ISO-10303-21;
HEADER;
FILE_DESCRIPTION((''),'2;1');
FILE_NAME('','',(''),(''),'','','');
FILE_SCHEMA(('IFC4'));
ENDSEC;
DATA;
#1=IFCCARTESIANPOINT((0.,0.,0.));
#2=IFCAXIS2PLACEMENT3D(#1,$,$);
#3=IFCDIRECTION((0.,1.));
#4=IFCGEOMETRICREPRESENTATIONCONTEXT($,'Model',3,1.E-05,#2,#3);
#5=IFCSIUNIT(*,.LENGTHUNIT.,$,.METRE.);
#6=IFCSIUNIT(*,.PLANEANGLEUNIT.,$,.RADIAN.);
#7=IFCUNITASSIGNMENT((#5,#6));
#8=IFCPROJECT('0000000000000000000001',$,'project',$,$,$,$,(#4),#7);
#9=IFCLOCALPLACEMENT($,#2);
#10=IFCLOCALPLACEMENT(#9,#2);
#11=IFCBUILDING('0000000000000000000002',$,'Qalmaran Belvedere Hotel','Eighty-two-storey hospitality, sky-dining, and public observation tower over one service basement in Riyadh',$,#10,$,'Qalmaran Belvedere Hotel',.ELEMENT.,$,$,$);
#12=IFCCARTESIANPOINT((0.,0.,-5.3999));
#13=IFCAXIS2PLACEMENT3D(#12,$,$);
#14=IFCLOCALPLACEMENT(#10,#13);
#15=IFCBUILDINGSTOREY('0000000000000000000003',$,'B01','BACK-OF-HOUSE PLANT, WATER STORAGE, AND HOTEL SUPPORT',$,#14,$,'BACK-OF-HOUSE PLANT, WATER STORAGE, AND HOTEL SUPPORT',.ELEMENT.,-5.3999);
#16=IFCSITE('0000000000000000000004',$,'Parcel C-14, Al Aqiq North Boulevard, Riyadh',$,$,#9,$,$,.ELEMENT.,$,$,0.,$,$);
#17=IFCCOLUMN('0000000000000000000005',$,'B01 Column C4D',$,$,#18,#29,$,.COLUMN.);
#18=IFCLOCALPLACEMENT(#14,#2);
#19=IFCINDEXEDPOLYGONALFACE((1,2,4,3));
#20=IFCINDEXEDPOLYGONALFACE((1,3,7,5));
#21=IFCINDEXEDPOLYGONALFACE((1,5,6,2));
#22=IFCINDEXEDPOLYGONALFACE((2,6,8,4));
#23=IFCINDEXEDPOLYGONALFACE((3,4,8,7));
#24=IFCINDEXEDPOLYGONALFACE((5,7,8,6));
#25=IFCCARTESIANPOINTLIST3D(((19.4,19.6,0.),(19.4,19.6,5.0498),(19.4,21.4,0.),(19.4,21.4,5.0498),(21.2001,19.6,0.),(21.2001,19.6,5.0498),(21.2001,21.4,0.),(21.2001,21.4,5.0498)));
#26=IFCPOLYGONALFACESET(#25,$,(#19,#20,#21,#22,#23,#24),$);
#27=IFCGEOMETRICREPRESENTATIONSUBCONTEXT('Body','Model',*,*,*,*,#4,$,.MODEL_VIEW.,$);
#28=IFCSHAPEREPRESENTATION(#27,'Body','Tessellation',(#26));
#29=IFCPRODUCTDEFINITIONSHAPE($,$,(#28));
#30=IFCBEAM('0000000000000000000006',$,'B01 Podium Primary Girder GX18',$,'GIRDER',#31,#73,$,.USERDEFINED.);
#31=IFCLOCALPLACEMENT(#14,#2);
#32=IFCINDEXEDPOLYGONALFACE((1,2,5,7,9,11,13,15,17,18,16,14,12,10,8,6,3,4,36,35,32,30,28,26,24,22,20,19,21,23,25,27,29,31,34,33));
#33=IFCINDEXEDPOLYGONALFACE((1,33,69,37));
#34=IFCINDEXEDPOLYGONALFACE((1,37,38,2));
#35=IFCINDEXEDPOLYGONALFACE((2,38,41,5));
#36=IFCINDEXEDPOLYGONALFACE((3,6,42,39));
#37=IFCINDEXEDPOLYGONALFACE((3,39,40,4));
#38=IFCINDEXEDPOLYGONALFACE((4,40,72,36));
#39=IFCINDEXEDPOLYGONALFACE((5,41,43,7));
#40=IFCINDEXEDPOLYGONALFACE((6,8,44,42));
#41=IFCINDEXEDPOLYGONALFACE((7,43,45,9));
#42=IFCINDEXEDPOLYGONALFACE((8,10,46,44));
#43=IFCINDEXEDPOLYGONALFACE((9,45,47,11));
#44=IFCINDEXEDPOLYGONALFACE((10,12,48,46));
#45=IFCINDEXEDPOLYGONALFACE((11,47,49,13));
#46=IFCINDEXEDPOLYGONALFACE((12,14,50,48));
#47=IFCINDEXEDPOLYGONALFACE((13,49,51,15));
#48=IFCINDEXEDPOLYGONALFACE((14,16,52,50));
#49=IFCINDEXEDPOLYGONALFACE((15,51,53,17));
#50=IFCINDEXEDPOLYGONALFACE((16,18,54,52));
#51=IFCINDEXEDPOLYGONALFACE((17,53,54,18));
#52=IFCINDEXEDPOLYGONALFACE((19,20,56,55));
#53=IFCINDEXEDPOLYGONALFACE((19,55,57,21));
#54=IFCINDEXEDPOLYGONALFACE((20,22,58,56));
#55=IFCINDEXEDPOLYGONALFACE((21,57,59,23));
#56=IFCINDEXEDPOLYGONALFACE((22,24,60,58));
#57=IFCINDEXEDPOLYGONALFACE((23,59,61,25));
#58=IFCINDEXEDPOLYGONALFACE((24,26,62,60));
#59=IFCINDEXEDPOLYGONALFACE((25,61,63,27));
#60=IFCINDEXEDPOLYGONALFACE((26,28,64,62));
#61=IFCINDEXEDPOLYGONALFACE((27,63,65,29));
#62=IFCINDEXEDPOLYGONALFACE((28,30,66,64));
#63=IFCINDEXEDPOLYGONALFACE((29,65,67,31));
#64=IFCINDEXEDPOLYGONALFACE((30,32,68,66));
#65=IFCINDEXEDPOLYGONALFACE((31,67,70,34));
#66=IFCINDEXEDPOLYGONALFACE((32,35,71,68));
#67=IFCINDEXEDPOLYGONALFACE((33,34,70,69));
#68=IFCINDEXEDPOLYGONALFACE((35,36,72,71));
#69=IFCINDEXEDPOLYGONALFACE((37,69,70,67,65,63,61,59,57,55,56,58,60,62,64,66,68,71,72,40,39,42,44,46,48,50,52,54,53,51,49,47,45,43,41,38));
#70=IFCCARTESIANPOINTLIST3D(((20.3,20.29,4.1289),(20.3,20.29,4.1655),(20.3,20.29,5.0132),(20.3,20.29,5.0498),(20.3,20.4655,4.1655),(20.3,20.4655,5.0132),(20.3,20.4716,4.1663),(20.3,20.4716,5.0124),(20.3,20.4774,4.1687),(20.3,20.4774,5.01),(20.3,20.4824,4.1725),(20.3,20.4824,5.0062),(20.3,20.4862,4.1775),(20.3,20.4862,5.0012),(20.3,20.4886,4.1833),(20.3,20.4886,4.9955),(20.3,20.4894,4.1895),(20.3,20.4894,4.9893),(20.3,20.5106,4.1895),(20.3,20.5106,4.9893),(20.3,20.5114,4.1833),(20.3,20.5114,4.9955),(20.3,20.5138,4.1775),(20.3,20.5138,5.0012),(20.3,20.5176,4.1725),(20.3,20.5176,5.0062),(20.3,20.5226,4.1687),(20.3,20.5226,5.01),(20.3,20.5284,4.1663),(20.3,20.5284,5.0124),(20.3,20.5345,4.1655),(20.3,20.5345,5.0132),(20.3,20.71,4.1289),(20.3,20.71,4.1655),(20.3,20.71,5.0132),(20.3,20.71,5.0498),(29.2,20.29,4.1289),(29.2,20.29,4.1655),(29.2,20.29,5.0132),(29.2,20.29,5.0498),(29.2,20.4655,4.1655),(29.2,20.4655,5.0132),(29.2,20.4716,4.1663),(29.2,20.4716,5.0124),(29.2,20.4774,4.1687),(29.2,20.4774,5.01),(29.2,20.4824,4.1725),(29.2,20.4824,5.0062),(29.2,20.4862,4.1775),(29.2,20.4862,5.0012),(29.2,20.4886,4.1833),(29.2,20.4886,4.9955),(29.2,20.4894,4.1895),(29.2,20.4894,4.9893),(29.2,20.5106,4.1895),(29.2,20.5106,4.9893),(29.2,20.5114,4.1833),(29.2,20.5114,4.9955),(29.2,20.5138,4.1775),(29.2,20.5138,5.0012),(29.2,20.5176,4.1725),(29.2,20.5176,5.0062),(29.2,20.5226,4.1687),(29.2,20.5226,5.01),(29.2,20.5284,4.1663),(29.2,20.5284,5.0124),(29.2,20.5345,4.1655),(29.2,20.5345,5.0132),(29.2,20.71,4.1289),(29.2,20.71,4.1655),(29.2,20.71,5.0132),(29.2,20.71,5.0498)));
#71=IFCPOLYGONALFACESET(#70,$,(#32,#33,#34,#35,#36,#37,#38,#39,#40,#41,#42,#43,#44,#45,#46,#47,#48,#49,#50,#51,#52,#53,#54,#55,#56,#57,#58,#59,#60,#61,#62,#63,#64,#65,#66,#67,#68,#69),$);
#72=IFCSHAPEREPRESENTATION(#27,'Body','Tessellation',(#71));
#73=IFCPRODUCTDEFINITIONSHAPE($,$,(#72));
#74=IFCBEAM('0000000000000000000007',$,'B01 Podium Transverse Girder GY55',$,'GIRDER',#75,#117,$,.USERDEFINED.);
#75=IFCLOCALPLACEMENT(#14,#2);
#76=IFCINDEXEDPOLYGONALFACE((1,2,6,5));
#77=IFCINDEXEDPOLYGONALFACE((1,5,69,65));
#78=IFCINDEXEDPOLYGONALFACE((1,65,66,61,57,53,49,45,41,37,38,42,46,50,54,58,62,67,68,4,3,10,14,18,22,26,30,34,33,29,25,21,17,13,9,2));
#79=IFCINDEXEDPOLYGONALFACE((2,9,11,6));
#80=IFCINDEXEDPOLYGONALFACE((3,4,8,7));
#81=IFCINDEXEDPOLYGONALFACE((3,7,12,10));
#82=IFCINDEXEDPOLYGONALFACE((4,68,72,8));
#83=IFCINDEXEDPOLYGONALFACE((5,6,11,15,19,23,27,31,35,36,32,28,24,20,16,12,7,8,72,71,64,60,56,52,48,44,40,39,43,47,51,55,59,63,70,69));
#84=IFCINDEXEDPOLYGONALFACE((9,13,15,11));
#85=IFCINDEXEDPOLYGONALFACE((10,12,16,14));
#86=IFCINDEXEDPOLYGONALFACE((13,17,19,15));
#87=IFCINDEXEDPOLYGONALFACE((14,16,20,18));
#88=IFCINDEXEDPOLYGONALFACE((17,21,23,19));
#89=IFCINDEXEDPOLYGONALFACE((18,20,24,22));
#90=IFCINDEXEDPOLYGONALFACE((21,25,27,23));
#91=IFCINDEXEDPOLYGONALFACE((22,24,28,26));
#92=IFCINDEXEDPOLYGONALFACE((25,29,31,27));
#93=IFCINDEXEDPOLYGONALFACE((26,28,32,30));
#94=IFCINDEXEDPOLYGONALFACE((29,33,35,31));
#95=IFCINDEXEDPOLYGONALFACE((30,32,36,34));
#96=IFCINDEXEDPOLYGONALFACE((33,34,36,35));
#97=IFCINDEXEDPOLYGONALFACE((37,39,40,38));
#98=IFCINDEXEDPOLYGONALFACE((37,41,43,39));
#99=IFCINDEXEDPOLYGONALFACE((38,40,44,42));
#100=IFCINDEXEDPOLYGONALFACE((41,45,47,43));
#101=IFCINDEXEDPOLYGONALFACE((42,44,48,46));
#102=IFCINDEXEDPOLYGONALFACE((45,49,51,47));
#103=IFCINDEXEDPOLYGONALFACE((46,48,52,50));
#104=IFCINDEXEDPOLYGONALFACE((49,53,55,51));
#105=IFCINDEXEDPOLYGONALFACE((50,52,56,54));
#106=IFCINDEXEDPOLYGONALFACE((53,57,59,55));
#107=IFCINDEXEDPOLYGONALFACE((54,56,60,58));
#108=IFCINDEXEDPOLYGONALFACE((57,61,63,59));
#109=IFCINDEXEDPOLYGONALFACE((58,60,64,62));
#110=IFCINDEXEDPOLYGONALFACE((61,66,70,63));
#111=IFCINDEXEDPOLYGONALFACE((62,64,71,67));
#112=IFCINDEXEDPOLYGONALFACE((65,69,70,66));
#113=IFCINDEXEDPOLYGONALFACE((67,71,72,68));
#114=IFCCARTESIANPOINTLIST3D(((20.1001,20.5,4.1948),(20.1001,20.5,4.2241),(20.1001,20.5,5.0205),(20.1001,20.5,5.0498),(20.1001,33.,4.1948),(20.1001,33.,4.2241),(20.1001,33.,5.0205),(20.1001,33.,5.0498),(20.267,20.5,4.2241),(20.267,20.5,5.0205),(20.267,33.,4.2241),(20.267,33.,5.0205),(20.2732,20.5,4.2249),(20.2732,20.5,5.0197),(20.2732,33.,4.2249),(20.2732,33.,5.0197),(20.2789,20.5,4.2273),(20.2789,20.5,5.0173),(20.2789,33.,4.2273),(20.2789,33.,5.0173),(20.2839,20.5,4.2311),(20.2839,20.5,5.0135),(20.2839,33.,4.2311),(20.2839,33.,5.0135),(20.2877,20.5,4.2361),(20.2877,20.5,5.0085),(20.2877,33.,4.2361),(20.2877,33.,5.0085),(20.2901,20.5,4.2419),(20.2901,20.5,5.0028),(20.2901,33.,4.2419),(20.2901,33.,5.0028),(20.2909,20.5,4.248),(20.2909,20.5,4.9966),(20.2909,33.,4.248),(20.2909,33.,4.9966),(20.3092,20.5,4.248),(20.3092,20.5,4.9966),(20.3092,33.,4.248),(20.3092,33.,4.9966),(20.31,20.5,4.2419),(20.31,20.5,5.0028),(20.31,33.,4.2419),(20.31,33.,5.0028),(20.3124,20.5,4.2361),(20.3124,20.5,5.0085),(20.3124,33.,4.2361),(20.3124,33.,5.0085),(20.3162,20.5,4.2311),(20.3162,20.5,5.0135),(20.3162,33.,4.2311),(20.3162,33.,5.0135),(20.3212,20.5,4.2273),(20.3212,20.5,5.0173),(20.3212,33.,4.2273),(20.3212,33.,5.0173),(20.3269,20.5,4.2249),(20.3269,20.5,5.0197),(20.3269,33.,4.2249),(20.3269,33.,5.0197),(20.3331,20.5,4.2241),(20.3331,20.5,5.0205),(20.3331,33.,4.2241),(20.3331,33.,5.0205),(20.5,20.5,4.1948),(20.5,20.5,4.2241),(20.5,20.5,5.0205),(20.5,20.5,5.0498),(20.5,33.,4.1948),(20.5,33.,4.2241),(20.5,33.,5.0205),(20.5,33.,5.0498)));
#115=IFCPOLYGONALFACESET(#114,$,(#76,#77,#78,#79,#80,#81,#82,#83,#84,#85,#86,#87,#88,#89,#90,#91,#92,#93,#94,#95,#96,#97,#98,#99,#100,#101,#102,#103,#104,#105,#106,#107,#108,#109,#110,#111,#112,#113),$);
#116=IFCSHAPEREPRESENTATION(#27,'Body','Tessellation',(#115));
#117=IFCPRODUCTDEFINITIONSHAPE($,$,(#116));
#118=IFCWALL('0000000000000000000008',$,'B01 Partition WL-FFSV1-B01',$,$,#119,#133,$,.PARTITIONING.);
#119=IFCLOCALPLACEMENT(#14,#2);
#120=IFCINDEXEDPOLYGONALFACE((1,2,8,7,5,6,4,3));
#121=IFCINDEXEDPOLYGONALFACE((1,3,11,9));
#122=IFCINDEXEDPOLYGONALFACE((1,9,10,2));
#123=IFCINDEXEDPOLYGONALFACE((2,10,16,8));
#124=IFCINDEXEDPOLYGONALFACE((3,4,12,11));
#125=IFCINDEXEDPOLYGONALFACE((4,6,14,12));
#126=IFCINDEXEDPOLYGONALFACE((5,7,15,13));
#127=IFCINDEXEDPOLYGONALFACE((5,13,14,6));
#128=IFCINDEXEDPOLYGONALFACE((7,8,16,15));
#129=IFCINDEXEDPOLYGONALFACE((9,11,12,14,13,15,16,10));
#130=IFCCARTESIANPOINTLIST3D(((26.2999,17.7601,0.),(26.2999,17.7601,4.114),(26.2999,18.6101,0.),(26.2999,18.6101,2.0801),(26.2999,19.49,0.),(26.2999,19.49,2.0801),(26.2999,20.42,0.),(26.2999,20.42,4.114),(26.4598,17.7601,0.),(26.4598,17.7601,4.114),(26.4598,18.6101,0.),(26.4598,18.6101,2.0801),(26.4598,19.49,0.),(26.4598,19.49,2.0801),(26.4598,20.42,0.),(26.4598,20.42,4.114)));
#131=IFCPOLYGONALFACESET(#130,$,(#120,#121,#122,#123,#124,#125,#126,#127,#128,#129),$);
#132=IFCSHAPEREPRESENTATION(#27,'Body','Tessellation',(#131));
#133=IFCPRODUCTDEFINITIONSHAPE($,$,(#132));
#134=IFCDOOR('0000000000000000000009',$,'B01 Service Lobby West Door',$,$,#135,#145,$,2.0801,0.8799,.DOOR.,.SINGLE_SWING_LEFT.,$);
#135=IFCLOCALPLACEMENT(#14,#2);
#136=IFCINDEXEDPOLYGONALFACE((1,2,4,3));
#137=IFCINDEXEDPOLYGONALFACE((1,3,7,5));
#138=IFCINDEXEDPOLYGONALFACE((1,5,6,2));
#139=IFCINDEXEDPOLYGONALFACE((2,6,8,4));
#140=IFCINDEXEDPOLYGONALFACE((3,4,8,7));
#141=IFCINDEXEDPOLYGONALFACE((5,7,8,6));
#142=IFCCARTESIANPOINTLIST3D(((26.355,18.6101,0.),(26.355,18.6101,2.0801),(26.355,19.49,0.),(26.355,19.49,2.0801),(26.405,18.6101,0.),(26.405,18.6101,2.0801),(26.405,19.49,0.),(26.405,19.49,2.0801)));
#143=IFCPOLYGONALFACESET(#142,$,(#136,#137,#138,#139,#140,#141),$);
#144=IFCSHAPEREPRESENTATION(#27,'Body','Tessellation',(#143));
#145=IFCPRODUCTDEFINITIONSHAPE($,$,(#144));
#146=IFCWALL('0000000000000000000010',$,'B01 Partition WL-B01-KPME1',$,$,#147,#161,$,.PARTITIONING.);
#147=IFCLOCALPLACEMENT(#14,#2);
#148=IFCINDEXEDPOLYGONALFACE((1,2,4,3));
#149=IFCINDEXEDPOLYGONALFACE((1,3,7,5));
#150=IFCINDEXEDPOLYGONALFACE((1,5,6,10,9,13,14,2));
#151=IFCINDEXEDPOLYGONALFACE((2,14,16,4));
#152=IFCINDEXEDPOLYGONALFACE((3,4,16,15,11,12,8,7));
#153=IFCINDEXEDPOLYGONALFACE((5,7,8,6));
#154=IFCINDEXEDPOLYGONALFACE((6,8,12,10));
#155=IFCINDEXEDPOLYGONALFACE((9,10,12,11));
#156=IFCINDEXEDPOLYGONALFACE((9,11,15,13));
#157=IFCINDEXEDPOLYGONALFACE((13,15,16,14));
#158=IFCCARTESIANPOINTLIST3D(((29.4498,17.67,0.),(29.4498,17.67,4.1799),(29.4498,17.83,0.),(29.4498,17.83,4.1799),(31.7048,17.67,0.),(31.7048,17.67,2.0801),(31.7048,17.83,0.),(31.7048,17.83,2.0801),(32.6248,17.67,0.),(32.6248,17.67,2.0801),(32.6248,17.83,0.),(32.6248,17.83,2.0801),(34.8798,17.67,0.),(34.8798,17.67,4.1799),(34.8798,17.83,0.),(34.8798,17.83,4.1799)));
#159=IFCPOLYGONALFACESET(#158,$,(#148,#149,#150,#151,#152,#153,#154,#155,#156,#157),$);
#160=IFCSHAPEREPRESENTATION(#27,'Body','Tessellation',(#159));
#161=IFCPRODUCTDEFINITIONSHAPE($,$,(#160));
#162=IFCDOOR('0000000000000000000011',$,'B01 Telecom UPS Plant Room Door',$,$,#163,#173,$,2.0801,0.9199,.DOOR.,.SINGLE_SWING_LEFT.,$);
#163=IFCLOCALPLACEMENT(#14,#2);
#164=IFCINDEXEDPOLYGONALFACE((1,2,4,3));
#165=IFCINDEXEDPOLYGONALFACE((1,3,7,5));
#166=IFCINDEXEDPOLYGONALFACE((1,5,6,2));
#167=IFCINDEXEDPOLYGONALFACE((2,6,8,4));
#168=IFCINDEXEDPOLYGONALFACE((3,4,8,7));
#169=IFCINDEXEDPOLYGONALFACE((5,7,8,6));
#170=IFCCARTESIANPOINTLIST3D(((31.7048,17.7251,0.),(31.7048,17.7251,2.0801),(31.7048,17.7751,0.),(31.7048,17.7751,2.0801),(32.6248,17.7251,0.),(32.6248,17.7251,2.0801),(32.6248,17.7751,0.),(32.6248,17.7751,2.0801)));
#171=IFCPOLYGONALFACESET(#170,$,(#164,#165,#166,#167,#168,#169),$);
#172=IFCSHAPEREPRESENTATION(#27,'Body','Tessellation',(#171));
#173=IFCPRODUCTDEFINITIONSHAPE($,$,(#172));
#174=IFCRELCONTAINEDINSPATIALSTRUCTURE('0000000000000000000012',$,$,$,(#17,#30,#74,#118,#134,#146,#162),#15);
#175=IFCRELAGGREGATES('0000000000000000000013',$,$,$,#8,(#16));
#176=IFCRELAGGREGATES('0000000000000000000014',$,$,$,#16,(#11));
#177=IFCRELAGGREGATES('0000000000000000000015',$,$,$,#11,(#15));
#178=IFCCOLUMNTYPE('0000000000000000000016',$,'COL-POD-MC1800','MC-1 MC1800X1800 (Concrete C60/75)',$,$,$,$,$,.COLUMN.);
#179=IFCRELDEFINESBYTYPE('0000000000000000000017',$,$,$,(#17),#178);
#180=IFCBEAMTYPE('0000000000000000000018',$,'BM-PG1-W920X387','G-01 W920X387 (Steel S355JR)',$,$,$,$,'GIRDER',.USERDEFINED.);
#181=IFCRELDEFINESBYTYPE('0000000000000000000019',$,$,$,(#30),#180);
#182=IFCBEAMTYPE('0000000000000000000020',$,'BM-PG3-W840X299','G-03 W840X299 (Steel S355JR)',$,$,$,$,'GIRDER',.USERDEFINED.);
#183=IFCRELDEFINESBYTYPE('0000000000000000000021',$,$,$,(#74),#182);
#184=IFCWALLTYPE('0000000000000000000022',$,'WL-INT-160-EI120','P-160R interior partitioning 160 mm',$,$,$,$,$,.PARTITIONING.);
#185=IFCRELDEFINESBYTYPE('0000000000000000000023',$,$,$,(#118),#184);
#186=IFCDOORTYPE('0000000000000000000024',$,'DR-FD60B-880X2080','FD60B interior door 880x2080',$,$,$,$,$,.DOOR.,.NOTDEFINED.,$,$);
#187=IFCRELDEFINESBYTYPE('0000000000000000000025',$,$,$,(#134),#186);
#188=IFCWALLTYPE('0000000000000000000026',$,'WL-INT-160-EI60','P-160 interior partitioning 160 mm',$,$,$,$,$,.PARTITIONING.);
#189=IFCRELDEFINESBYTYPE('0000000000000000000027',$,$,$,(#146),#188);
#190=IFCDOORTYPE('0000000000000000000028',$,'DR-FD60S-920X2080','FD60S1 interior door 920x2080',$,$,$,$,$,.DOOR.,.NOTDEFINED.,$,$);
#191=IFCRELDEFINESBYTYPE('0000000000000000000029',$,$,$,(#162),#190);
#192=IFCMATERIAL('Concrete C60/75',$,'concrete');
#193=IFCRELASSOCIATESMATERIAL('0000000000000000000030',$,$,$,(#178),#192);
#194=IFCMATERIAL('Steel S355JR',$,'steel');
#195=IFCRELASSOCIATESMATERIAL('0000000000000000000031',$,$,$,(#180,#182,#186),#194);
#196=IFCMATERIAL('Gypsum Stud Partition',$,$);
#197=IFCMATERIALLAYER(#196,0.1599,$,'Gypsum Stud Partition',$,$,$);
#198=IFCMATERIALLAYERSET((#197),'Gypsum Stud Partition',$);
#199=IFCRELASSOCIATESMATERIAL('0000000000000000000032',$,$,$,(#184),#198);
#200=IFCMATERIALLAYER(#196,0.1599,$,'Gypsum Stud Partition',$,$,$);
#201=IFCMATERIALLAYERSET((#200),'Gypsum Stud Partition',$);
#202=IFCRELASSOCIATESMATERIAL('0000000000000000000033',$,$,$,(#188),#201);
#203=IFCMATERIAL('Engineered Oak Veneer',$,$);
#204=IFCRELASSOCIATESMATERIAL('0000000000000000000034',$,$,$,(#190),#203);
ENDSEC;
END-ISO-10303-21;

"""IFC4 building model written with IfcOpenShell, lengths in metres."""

from ifc_helpers import new_model, si_unit, direction, frame, frame_2d, origin, origin_2d, place, context, subcontext, project, spatial, rectangle, i_section, extrude, material, layer, layer_set, material_profile, profile_set, type_object, element, fill, save


model = new_model("IFC4")

# Units and contexts
model_context = context("Model", 3, precision=1e-05, world=origin(), true_north=direction((0.0, 1.0)))
body_context = subcontext(model_context, "Body", "Model", "MODEL_VIEW")
ifc_project = project(units=[si_unit("LENGTHUNIT", "METRE"), si_unit("PLANEANGLEUNIT", "RADIAN")], contexts=[model_context])

# Site, building, storey
site_placement = place(None, origin())
site = spatial("IfcSite", under=ifc_project, at=site_placement, Name="Parcel C-14, Al Aqiq North Boulevard, Riyadh", CompositionType="ELEMENT", RefElevation=0.0)
building_placement = place(site_placement, origin())
building = spatial("IfcBuilding", under=site, at=building_placement, Name="Qalmaran Belvedere Hotel", Description="Eighty-two-storey hospitality, sky-dining, and public observation tower over one service basement in Riyadh", LongName="Qalmaran Belvedere Hotel", CompositionType="ELEMENT")
storey_placement = place(building_placement, frame((0.0, 0.0, -5.3999)))
storey = spatial("IfcBuildingStorey", under=building, at=storey_placement, Name="B01", Description="BACK-OF-HOUSE PLANT, WATER STORAGE, AND HOTEL SUPPORT", LongName="BACK-OF-HOUSE PLANT, WATER STORAGE, AND HOTEL SUPPORT", CompositionType="ELEMENT", Elevation=-5.3999)

# Column
ifc_material_1 = material(Name="Concrete C60/75", Category="concrete")
ifc_material_profile_1 = material_profile(ifc_material_1, rectangle(XDim=1.8, YDim=1.8, at=origin_2d()), Name="MC1800X1800")
ifc_profile_set_1 = profile_set([ifc_material_profile_1], Name="Concrete C60/75")
column_type = type_object("IfcColumnType", Name="COL-POD-MC1800", Description="MC-1 MC1800X1800 (Concrete C60/75)", PredefinedType="COLUMN", material=ifc_profile_set_1)
column_placement = place(storey_placement, frame((20.3, 20.5, 0.0), z_axis=(0.0, 0.0, 1.0), x_axis=(1.0, 0.0, 0.0)))
element("IfcColumn", 1, at=column_placement, inside=storey, type_object=column_type, Name="B01 Column C4D", PredefinedType="COLUMN", context=body_context, shape_type="SweptSolid", body=[
    extrude(rectangle(XDim=1.8, YDim=1.8, at=origin_2d()), origin(), (0.0, 0.0, 1.0), 5.0498),
])

# Beams
ifc_material_2 = material(Name="Steel S355JR", Category="steel")
ifc_material_profile_2 = material_profile(ifc_material_2, i_section(OverallWidth=0.4199, OverallDepth=0.9209, WebThickness=0.0212, FlangeThickness=0.0366, FilletRadius=0.0239, at=origin_2d()), Name="W920X387")
ifc_profile_set_2 = profile_set([ifc_material_profile_2], Name="Steel S355JR")
beam_type_1 = type_object("IfcBeamType", Name="BM-PG1-W920X387", Description="G-01 W920X387 (Steel S355JR)", ElementType="GIRDER", PredefinedType="USERDEFINED", material=ifc_profile_set_2)
beam_1_placement = place(storey_placement, frame((20.3, 20.5, 4.5894), z_axis=(1.0, 0.0, 0.0), x_axis=(0.0, 1.0, 0.0)))
element("IfcBeam", 2, at=beam_1_placement, inside=storey, type_object=beam_type_1, Name="B01 Podium Primary Girder GX18", ObjectType="GIRDER", PredefinedType="USERDEFINED", context=body_context, shape_type="SweptSolid", body=[
    extrude(i_section(OverallWidth=0.4199, OverallDepth=0.9209, WebThickness=0.0212, FlangeThickness=0.0366, FilletRadius=0.0239, at=origin_2d()), origin(), (0.0, 0.0, 1.0), 8.8999),
])
ifc_material_profile_3 = material_profile(ifc_material_2, i_section(OverallWidth=0.3999, OverallDepth=0.855, WebThickness=0.0183, FlangeThickness=0.0293, FilletRadius=0.0239, at=origin_2d()), Name="W840X299")
ifc_profile_set_3 = profile_set([ifc_material_profile_3], Name="Steel S355JR")
beam_type_2 = type_object("IfcBeamType", Name="BM-PG3-W840X299", Description="G-03 W840X299 (Steel S355JR)", ElementType="GIRDER", PredefinedType="USERDEFINED", material=ifc_profile_set_3)
beam_2_placement = place(storey_placement, frame((20.3, 20.5, 4.6223), z_axis=(0.0, 1.0, 0.0), x_axis=(-1.0, 0.0, 0.0)))
element("IfcBeam", 3, at=beam_2_placement, inside=storey, type_object=beam_type_2, Name="B01 Podium Transverse Girder GY55", ObjectType="GIRDER", PredefinedType="USERDEFINED", context=body_context, shape_type="SweptSolid", body=[
    extrude(i_section(OverallWidth=0.3999, OverallDepth=0.855, WebThickness=0.0183, FlangeThickness=0.0293, FilletRadius=0.0239, at=origin_2d()), origin(), (0.0, 0.0, 1.0), 12.5),
])

# Walls, openings, doors
ifc_material_3 = material(Name="Gypsum Stud Partition")
ifc_layer_1 = layer(ifc_material_3, 0.1599, Name="Gypsum Stud Partition")
ifc_layer_set_1 = layer_set([ifc_layer_1], Name="Gypsum Stud Partition")
wall_type_1 = type_object("IfcWallType", Name="WL-INT-160-EI120", Description="P-160R interior partitioning 160 mm", PredefinedType="PARTITIONING", material=ifc_layer_set_1)
wall_1_placement = place(storey_placement, frame((26.3799, 17.76, 0.0), z_axis=(0.0, 0.0, 1.0), x_axis=(0.0, 1.0, 0.0)))
wall_1 = element("IfcWall", 4, at=wall_1_placement, inside=storey, type_object=wall_type_1, Name="B01 Partition WL-FFSV1-B01", PredefinedType="PARTITIONING", context=body_context, shape_type="SweptSolid", body=[
    extrude(rectangle(XDim=2.6599, YDim=0.1599, at=frame_2d((1.3301, 0.0))), origin(), (0.0, 0.0, 1.0), 4.114),
])
opening_1_placement = place(wall_1_placement, frame((0.8501, 0.0, 0.0)))
opening_1 = element("IfcOpeningElement", 5, at=opening_1_placement, cuts=wall_1, PredefinedType="OPENING", context=body_context, shape_type="SweptSolid", body=[
    extrude(rectangle(XDim=0.8799, YDim=2.0801, at=frame_2d((0.4399, 1.04))), frame((0.0, 0.0898, 0.0), z_axis=(0.0, -1.0, 0.0), x_axis=(1.0, 0.0, 0.0)), (0.0, 0.0, 1.0), 0.1799),
])
door_type_1 = type_object("IfcDoorType", Name="DR-FD60B-880X2080", Description="FD60B interior door 880x2080", OperationType="NOTDEFINED", PredefinedType="DOOR", material=ifc_material_2)
door_1_placement = place(opening_1_placement, origin())
door_1 = element("IfcDoor", 6, at=door_1_placement, inside=storey, type_object=door_type_1, Name="B01 Service Lobby West Door", OperationType="SINGLE_SWING_LEFT", OverallHeight=2.0801, OverallWidth=0.8799, PredefinedType="DOOR", context=body_context, shape_type="SweptSolid", body=[
    extrude(rectangle(XDim=0.8799, YDim=2.0801, at=frame_2d((0.4399, 1.04))), frame((0.0, 0.0249, 0.0), z_axis=(0.0, -1.0, 0.0), x_axis=(1.0, 0.0, 0.0)), (0.0, 0.0, 1.0), 0.05),
])
fill(opening_1, door_1)
ifc_layer_2 = layer(ifc_material_3, 0.1599, Name="Gypsum Stud Partition")
ifc_layer_set_2 = layer_set([ifc_layer_2], Name="Gypsum Stud Partition")
wall_type_2 = type_object("IfcWallType", Name="WL-INT-160-EI60", Description="P-160 interior partitioning 160 mm", PredefinedType="PARTITIONING", material=ifc_layer_set_2)
wall_2_placement = place(storey_placement, frame((29.45, 17.75, 0.0), z_axis=(0.0, 0.0, 1.0), x_axis=(1.0, 0.0, 0.0)))
wall_2 = element("IfcWall", 7, at=wall_2_placement, inside=storey, type_object=wall_type_2, Name="B01 Partition WL-B01-KPME1", PredefinedType="PARTITIONING", context=body_context, shape_type="SweptSolid", body=[
    extrude(rectangle(XDim=5.4299, YDim=0.1599, at=frame_2d((2.7148, 0.0))), origin(), (0.0, 0.0, 1.0), 4.1799),
])
opening_2_placement = place(wall_2_placement, frame((3.1748, 0.0, 0.0), z_axis=(0.0, 0.0, 1.0), x_axis=(-1.0, 0.0, 0.0)))
opening_2 = element("IfcOpeningElement", 8, at=opening_2_placement, cuts=wall_2, PredefinedType="OPENING", context=body_context, shape_type="SweptSolid", body=[
    extrude(rectangle(XDim=0.9199, YDim=2.0801, at=frame_2d((0.46, 1.04))), frame((0.0, 0.0898, 0.0), z_axis=(0.0, -1.0, 0.0), x_axis=(1.0, 0.0, 0.0)), (0.0, 0.0, 1.0), 0.1799),
])
ifc_material_4 = material(Name="Engineered Oak Veneer")
door_type_2 = type_object("IfcDoorType", Name="DR-FD60S-920X2080", Description="FD60S1 interior door 920x2080", OperationType="NOTDEFINED", PredefinedType="DOOR", material=ifc_material_4)
door_2_placement = place(opening_2_placement, origin())
door_2 = element("IfcDoor", 9, at=door_2_placement, inside=storey, type_object=door_type_2, Name="B01 Telecom UPS Plant Room Door", OperationType="SINGLE_SWING_LEFT", OverallHeight=2.0801, OverallWidth=0.9199, PredefinedType="DOOR", context=body_context, shape_type="SweptSolid", body=[
    extrude(rectangle(XDim=0.9199, YDim=2.0801, at=frame_2d((0.46, 1.04))), frame((0.0, 0.0249, 0.0), z_axis=(0.0, -1.0, 0.0), x_axis=(1.0, 0.0, 0.0)), (0.0, 0.0, 1.0), 0.05),
])
fill(opening_2, door_2)

save(model, "model.ifc")
